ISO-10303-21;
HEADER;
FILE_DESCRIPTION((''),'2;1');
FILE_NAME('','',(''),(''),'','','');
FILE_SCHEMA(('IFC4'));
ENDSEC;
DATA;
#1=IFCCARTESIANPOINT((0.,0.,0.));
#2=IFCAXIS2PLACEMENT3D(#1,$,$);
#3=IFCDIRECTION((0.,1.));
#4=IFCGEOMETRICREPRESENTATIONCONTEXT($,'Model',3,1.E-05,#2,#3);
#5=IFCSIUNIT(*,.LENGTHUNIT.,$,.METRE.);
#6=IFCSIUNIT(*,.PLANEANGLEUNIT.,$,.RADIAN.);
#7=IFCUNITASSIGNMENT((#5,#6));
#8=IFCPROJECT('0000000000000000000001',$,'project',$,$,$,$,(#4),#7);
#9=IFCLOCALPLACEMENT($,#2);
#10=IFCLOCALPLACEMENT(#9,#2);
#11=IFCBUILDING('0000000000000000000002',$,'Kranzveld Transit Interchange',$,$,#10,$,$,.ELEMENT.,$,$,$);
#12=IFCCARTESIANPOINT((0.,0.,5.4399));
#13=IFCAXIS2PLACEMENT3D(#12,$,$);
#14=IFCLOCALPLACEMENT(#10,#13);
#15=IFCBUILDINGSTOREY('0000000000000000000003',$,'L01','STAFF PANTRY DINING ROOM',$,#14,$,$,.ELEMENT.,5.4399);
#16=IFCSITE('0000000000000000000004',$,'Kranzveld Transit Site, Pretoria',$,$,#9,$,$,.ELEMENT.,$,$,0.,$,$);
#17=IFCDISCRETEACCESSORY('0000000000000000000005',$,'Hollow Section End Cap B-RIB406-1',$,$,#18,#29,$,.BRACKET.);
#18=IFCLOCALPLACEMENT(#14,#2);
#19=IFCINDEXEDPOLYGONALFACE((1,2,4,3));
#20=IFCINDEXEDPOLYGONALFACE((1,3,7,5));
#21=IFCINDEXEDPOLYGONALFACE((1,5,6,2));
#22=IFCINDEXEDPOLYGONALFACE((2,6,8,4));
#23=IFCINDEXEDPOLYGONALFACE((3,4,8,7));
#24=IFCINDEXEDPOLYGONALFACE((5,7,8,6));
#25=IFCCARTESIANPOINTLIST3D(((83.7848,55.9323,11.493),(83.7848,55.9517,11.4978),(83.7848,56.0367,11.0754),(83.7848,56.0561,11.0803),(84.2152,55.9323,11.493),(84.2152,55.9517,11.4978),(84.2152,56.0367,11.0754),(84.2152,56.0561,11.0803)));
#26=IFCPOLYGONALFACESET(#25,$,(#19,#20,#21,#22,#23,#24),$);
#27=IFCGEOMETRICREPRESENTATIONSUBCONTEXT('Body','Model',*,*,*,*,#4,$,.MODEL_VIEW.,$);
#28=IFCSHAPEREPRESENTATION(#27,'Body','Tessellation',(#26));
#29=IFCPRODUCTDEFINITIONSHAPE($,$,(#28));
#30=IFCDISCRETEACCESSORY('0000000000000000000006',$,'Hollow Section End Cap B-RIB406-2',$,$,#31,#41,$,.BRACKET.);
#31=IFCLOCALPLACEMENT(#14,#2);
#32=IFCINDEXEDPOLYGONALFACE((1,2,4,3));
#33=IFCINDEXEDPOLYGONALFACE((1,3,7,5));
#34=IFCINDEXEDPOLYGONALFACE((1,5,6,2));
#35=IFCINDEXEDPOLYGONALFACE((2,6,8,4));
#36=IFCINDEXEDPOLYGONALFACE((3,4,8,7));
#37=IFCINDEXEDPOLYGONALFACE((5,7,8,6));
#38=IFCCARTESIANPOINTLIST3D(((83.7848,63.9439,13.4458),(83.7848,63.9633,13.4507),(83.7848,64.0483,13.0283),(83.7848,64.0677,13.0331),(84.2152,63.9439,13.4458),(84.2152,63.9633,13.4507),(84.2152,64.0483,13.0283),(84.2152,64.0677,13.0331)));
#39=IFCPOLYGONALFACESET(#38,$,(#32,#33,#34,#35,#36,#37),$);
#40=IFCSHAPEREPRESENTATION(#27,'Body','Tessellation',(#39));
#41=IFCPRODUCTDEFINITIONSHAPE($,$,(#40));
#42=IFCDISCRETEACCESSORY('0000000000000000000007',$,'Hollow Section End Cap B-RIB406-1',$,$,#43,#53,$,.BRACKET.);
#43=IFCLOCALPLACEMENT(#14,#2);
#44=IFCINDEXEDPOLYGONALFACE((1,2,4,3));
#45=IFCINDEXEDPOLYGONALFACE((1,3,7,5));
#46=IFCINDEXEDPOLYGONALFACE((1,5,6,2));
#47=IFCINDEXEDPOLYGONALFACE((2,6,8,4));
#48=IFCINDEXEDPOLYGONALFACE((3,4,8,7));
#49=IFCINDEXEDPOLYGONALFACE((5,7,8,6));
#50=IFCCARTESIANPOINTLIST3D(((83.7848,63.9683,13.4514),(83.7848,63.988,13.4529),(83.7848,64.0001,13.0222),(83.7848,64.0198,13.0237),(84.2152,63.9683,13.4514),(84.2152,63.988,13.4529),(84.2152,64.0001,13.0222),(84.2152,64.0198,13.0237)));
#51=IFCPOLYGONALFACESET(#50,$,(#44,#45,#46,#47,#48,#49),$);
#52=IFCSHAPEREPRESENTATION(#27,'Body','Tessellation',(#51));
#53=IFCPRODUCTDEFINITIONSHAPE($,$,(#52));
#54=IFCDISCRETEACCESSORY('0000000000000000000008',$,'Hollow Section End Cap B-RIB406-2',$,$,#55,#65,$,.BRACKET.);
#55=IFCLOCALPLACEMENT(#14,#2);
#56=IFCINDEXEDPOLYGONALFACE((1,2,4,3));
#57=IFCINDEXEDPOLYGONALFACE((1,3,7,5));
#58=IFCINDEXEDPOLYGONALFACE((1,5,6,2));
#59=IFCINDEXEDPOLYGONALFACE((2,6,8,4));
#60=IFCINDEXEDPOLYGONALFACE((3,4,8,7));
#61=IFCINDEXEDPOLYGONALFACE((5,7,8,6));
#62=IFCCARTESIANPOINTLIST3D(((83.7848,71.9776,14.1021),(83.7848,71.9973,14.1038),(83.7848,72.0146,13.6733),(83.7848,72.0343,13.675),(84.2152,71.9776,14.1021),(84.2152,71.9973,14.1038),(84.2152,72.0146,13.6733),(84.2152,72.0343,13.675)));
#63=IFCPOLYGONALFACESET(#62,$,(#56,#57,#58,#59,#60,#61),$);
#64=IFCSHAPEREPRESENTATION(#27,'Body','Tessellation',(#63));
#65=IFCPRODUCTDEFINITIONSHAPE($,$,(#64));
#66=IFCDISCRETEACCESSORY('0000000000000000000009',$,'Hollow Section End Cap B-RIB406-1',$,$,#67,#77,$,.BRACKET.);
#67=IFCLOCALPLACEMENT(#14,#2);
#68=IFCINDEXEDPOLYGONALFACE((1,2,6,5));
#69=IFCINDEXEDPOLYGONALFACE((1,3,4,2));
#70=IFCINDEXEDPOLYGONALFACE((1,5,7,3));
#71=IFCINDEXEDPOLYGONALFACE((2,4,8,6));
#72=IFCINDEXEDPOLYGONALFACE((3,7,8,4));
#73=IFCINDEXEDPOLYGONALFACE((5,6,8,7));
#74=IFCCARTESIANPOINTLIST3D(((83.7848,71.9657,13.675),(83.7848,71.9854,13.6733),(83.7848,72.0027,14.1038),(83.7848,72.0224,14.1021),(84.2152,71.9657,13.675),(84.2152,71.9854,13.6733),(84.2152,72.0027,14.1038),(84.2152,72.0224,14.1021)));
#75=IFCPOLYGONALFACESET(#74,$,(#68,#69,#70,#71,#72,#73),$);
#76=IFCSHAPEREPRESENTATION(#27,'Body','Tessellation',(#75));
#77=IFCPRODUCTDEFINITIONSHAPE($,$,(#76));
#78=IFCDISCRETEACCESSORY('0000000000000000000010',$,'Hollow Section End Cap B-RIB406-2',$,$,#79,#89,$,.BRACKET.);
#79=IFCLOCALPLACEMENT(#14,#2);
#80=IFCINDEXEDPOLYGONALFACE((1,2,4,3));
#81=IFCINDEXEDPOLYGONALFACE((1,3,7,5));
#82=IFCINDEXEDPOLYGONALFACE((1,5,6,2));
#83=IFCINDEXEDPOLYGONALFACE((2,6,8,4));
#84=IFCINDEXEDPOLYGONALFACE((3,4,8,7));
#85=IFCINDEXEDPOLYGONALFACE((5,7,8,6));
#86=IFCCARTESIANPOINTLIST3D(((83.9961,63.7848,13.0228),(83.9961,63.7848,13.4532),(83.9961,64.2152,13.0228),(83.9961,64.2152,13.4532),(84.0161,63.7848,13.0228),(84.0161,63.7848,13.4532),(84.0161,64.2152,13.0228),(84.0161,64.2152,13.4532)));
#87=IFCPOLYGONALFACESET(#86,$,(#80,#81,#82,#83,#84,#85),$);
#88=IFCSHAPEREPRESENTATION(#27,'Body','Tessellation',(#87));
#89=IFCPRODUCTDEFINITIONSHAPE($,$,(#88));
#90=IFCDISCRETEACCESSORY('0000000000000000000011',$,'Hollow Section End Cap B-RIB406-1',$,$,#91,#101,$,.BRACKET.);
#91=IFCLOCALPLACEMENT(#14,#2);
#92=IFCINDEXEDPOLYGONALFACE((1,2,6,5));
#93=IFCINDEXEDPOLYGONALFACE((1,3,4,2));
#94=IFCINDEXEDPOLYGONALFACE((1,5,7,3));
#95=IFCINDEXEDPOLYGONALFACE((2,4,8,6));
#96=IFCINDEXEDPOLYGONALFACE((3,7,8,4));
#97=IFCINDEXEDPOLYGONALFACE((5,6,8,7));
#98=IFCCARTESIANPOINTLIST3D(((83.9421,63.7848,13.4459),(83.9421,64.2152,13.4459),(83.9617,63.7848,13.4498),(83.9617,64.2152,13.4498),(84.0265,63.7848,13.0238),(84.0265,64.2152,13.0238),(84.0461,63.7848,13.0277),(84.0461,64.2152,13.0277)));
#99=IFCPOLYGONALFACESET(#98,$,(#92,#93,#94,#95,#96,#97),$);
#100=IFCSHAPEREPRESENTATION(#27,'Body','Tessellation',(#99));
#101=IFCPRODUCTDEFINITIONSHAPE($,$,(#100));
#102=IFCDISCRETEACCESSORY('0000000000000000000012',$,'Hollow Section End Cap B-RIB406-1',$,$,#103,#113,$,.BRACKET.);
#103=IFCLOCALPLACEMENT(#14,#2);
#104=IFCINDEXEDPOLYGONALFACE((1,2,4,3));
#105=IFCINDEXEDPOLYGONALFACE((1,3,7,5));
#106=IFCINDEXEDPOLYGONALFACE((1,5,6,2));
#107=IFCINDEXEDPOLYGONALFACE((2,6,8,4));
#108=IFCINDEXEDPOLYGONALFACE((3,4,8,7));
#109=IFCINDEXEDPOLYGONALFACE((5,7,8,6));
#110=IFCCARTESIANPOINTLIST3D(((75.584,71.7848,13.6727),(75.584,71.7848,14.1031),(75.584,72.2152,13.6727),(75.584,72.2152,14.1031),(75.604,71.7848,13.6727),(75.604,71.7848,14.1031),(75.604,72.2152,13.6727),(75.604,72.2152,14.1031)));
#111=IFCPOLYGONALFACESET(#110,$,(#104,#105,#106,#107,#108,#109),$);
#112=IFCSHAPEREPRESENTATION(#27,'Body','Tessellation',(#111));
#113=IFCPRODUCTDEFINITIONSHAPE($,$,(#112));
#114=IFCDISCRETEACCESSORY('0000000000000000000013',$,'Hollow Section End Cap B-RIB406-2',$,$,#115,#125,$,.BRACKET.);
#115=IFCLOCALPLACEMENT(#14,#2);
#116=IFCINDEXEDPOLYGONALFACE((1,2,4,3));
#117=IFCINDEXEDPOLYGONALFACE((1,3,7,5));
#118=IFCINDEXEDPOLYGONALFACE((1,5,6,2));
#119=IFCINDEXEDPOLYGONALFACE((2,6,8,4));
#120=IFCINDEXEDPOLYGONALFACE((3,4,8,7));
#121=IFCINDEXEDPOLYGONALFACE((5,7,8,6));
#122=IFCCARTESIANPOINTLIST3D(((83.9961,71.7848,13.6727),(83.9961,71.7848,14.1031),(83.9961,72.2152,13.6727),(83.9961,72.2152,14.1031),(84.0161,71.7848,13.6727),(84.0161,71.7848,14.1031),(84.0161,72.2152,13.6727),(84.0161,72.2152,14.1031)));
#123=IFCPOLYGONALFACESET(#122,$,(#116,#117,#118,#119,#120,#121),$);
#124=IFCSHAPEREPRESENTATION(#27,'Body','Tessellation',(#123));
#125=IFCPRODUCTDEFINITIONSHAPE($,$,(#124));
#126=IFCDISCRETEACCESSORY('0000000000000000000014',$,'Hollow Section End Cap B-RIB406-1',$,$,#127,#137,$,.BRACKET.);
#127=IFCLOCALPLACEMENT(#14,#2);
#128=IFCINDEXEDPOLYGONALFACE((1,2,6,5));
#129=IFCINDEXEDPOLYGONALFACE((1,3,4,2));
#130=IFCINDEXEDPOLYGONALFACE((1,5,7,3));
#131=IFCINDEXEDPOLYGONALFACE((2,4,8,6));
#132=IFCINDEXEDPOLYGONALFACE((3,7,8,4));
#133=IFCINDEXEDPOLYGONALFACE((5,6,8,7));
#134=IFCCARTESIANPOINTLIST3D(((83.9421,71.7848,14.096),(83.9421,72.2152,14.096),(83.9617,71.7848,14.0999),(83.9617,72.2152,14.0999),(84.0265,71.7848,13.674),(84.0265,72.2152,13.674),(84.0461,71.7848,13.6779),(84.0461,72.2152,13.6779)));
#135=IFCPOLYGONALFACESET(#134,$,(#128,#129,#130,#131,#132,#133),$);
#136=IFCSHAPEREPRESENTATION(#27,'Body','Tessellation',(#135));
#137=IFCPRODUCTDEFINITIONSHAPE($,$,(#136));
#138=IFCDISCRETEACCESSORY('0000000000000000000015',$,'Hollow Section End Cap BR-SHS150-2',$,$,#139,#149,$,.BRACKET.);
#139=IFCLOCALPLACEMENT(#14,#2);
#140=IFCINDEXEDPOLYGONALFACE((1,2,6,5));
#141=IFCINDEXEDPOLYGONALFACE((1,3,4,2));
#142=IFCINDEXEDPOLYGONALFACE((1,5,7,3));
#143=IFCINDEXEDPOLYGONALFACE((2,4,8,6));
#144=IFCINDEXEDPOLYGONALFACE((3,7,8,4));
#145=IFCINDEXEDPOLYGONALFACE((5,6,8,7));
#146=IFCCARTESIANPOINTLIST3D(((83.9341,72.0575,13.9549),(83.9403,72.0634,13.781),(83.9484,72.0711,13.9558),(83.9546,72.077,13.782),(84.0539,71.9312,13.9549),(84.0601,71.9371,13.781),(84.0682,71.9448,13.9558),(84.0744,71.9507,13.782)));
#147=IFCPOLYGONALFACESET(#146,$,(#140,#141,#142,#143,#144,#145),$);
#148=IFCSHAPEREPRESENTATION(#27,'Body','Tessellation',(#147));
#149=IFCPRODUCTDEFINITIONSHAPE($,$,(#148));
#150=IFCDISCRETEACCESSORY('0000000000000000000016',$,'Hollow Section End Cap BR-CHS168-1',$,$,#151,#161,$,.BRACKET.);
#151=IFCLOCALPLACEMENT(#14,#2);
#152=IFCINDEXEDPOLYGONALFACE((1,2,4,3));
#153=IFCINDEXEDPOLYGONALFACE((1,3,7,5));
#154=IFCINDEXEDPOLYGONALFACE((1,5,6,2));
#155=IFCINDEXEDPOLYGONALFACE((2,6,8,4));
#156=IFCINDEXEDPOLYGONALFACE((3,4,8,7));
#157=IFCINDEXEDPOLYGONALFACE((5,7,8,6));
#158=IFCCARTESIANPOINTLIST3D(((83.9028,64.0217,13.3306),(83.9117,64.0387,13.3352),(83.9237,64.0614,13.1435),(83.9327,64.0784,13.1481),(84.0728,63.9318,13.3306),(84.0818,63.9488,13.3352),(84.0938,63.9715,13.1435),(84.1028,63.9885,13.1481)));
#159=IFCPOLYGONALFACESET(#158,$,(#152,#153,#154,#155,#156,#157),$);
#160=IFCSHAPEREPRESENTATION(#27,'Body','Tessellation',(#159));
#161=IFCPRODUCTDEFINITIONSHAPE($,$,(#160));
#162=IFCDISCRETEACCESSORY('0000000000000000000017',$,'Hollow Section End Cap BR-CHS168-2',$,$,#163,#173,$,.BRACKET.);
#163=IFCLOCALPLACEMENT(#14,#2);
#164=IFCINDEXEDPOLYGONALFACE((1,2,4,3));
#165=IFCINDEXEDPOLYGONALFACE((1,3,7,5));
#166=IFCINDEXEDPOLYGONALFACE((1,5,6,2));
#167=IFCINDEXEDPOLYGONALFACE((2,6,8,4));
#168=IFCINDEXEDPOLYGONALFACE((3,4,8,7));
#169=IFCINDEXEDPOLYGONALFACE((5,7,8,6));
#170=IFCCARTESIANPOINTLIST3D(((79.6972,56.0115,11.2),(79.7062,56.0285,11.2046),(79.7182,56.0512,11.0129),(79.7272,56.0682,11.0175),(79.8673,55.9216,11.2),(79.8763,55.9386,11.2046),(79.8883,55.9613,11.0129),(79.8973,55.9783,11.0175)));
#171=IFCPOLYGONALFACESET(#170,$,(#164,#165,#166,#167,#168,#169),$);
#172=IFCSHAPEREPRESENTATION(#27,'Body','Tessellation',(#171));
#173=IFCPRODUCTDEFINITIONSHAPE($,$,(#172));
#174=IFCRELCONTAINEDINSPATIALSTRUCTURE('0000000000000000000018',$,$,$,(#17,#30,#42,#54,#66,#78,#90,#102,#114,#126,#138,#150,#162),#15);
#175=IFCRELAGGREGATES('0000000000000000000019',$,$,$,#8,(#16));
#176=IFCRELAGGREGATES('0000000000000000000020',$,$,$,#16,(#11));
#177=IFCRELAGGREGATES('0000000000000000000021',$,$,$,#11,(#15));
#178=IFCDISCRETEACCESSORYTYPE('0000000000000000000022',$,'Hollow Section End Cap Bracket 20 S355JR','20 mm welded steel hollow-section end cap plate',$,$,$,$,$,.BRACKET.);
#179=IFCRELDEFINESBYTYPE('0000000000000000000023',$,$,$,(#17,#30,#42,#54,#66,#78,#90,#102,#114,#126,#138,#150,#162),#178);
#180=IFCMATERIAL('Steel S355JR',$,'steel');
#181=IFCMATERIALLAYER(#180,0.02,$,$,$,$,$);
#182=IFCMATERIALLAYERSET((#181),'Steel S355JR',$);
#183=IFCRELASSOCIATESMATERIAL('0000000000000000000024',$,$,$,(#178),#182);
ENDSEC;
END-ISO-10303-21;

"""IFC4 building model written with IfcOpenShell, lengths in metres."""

from ifc_helpers import new_model, si_unit, direction, frame, origin, origin_2d, place, context, subcontext, project, spatial, rectangle, extrude, material, layer, layer_set, type_object, element, save


model = new_model("IFC4")

# Units and contexts
model_context = context("Model", 3, precision=1e-05, world=origin(), true_north=direction((0.0, 1.0)))
body_context = subcontext(model_context, "Body", "Model", "MODEL_VIEW")
ifc_project = project(units=[si_unit("LENGTHUNIT", "METRE"), si_unit("PLANEANGLEUNIT", "RADIAN")], contexts=[model_context])

# Site, building, storey
site_placement = place(None, origin())
site = spatial("IfcSite", under=ifc_project, at=site_placement, Name="Kranzveld Transit Site, Pretoria", CompositionType="ELEMENT", RefElevation=0.0)
building_placement = place(site_placement, origin())
building = spatial("IfcBuilding", under=site, at=building_placement, Name="Kranzveld Transit Interchange", CompositionType="ELEMENT")
storey_placement = place(building_placement, frame((0.0, 0.0, 5.4399)))
storey = spatial("IfcBuildingStorey", under=building, at=storey_placement, Name="L01", Description="STAFF PANTRY DINING ROOM", CompositionType="ELEMENT", Elevation=5.4399)

# Discrete accessories
ifc_material_1 = material(Name="Steel S355JR", Category="steel")
ifc_layer_1 = layer(ifc_material_1, 0.02)
ifc_layer_set_1 = layer_set([ifc_layer_1], Name="Steel S355JR")
discrete_accessory_type = type_object("IfcDiscreteAccessoryType", Name="Hollow Section End Cap Bracket 20 S355JR", Description="20 mm welded steel hollow-section end cap plate", PredefinedType="BRACKET", material=ifc_layer_set_1)
for number, where, z_axis, x_axis, name in (
    (1, (84.0, 56.0039, 11.2891), (0.0, -0.970143, -0.242536), (1.0, 0.0, 0.0), "Hollow Section End Cap B-RIB406-1"),
    (2, (84.0, 63.9961, 13.2371), (0.0, 0.970143, 0.242536), (-1.0, 0.0, 0.0), "Hollow Section End Cap B-RIB406-2"),
):
    element("IfcDiscreteAccessory", number, at=place(storey_placement, frame(where, z_axis=z_axis, x_axis=x_axis)), inside=storey, type_object=discrete_accessory_type, Name=name, PredefinedType="BRACKET", context=body_context, shape_type="SweptSolid", body=[
        extrude(rectangle(XDim=0.4304, YDim=0.4304, at=origin_2d()), origin(), (0.0, 0.0, 1.0), 0.02),
    ])
for number, where, z_axis, x_axis, name in (
    (3, (84.0, 64.0039, 13.2383), (0.0, -0.997268, -0.073872), (1.0, 0.0, 0.0), "Hollow Section End Cap B-RIB406-1"),
    (4, (84.0, 71.9961, 13.8877), (0.0, 0.996287, 0.086099), (-1.0, 0.0, 0.0), "Hollow Section End Cap B-RIB406-2"),
    (5, (84.0, 72.0039, 13.8877), (0.0, -0.996287, 0.086099), (1.0, 0.0, 0.0), "Hollow Section End Cap B-RIB406-1"),
):
    element("IfcDiscreteAccessory", number, at=place(storey_placement, frame(where, z_axis=z_axis, x_axis=x_axis)), inside=storey, type_object=discrete_accessory_type, Name=name, PredefinedType="BRACKET", context=body_context, shape_type="SweptSolid", body=[
        extrude(rectangle(XDim=0.4304, YDim=0.4304, at=origin_2d()), origin(), (0.0, 0.0, 1.0), 0.0198),
    ])
for number, where, z_axis, x_axis, name in (
    (6, (83.9961, 64.0, 13.238), (1.0, 0.0, 0.0), (0.0, 1.0, 0.0), "Hollow Section End Cap B-RIB406-2"),
    (7, (84.0039, 64.0, 13.2388), (-0.980581, 0.0, -0.196116), (0.0, -1.0, 0.0), "Hollow Section End Cap B-RIB406-1"),
    (8, (75.604, 72.0, 13.8879), (-1.0, 0.0, 0.0), (0.0, -1.0, 0.0), "Hollow Section End Cap B-RIB406-1"),
    (9, (83.9961, 72.0, 13.8879), (1.0, 0.0, 0.0), (0.0, 1.0, 0.0), "Hollow Section End Cap B-RIB406-2"),
    (10, (84.0039, 72.0, 13.8889), (-0.980581, 0.0, -0.196116), (0.0, -1.0, 0.0), "Hollow Section End Cap B-RIB406-1"),
):
    element("IfcDiscreteAccessory", number, at=place(storey_placement, frame(where, z_axis=z_axis, x_axis=x_axis)), inside=storey, type_object=discrete_accessory_type, Name=name, PredefinedType="BRACKET", context=body_context, shape_type="SweptSolid", body=[
        extrude(rectangle(XDim=0.4304, YDim=0.4304, at=origin_2d()), origin(), (0.0, 0.0, 1.0), 0.02),
    ])
discrete_accessory_1_placement = place(storey_placement, frame((83.9971, 71.9973, 13.8679), z_axis=(0.724431, 0.687596, 0.049114), x_axis=(-0.688426, 0.725306, 0.0)))
element("IfcDiscreteAccessory", 11, at=discrete_accessory_1_placement, inside=storey, type_object=discrete_accessory_type, Name="Hollow Section End Cap BR-SHS150-2", PredefinedType="BRACKET", context=body_context, shape_type="SweptSolid", body=[
    extrude(rectangle(XDim=0.1741, YDim=0.1741, at=origin_2d()), origin(), (0.0, 0.0, 1.0), 0.0198),
])
for number, where, z_axis, x_axis, name in (
    (12, (83.9983, 63.9966, 13.2371), (0.454407, 0.859689, 0.233344), (-0.884095, 0.467307, 0.0), "Hollow Section End Cap BR-CHS168-1"),
    (13, (79.8018, 56.0034, 11.1111), (-0.454407, -0.859689, -0.233344), (0.884095, -0.467307, 0.0), "Hollow Section End Cap BR-CHS168-2"),
):
    element("IfcDiscreteAccessory", number, at=place(storey_placement, frame(where, z_axis=z_axis, x_axis=x_axis)), inside=storey, type_object=discrete_accessory_type, Name=name, PredefinedType="BRACKET", context=body_context, shape_type="SweptSolid", body=[
        extrude(rectangle(XDim=0.1924, YDim=0.1924, at=origin_2d()), origin(), (0.0, 0.0, 1.0), 0.0198),
    ])

save(model, "model.ifc")
